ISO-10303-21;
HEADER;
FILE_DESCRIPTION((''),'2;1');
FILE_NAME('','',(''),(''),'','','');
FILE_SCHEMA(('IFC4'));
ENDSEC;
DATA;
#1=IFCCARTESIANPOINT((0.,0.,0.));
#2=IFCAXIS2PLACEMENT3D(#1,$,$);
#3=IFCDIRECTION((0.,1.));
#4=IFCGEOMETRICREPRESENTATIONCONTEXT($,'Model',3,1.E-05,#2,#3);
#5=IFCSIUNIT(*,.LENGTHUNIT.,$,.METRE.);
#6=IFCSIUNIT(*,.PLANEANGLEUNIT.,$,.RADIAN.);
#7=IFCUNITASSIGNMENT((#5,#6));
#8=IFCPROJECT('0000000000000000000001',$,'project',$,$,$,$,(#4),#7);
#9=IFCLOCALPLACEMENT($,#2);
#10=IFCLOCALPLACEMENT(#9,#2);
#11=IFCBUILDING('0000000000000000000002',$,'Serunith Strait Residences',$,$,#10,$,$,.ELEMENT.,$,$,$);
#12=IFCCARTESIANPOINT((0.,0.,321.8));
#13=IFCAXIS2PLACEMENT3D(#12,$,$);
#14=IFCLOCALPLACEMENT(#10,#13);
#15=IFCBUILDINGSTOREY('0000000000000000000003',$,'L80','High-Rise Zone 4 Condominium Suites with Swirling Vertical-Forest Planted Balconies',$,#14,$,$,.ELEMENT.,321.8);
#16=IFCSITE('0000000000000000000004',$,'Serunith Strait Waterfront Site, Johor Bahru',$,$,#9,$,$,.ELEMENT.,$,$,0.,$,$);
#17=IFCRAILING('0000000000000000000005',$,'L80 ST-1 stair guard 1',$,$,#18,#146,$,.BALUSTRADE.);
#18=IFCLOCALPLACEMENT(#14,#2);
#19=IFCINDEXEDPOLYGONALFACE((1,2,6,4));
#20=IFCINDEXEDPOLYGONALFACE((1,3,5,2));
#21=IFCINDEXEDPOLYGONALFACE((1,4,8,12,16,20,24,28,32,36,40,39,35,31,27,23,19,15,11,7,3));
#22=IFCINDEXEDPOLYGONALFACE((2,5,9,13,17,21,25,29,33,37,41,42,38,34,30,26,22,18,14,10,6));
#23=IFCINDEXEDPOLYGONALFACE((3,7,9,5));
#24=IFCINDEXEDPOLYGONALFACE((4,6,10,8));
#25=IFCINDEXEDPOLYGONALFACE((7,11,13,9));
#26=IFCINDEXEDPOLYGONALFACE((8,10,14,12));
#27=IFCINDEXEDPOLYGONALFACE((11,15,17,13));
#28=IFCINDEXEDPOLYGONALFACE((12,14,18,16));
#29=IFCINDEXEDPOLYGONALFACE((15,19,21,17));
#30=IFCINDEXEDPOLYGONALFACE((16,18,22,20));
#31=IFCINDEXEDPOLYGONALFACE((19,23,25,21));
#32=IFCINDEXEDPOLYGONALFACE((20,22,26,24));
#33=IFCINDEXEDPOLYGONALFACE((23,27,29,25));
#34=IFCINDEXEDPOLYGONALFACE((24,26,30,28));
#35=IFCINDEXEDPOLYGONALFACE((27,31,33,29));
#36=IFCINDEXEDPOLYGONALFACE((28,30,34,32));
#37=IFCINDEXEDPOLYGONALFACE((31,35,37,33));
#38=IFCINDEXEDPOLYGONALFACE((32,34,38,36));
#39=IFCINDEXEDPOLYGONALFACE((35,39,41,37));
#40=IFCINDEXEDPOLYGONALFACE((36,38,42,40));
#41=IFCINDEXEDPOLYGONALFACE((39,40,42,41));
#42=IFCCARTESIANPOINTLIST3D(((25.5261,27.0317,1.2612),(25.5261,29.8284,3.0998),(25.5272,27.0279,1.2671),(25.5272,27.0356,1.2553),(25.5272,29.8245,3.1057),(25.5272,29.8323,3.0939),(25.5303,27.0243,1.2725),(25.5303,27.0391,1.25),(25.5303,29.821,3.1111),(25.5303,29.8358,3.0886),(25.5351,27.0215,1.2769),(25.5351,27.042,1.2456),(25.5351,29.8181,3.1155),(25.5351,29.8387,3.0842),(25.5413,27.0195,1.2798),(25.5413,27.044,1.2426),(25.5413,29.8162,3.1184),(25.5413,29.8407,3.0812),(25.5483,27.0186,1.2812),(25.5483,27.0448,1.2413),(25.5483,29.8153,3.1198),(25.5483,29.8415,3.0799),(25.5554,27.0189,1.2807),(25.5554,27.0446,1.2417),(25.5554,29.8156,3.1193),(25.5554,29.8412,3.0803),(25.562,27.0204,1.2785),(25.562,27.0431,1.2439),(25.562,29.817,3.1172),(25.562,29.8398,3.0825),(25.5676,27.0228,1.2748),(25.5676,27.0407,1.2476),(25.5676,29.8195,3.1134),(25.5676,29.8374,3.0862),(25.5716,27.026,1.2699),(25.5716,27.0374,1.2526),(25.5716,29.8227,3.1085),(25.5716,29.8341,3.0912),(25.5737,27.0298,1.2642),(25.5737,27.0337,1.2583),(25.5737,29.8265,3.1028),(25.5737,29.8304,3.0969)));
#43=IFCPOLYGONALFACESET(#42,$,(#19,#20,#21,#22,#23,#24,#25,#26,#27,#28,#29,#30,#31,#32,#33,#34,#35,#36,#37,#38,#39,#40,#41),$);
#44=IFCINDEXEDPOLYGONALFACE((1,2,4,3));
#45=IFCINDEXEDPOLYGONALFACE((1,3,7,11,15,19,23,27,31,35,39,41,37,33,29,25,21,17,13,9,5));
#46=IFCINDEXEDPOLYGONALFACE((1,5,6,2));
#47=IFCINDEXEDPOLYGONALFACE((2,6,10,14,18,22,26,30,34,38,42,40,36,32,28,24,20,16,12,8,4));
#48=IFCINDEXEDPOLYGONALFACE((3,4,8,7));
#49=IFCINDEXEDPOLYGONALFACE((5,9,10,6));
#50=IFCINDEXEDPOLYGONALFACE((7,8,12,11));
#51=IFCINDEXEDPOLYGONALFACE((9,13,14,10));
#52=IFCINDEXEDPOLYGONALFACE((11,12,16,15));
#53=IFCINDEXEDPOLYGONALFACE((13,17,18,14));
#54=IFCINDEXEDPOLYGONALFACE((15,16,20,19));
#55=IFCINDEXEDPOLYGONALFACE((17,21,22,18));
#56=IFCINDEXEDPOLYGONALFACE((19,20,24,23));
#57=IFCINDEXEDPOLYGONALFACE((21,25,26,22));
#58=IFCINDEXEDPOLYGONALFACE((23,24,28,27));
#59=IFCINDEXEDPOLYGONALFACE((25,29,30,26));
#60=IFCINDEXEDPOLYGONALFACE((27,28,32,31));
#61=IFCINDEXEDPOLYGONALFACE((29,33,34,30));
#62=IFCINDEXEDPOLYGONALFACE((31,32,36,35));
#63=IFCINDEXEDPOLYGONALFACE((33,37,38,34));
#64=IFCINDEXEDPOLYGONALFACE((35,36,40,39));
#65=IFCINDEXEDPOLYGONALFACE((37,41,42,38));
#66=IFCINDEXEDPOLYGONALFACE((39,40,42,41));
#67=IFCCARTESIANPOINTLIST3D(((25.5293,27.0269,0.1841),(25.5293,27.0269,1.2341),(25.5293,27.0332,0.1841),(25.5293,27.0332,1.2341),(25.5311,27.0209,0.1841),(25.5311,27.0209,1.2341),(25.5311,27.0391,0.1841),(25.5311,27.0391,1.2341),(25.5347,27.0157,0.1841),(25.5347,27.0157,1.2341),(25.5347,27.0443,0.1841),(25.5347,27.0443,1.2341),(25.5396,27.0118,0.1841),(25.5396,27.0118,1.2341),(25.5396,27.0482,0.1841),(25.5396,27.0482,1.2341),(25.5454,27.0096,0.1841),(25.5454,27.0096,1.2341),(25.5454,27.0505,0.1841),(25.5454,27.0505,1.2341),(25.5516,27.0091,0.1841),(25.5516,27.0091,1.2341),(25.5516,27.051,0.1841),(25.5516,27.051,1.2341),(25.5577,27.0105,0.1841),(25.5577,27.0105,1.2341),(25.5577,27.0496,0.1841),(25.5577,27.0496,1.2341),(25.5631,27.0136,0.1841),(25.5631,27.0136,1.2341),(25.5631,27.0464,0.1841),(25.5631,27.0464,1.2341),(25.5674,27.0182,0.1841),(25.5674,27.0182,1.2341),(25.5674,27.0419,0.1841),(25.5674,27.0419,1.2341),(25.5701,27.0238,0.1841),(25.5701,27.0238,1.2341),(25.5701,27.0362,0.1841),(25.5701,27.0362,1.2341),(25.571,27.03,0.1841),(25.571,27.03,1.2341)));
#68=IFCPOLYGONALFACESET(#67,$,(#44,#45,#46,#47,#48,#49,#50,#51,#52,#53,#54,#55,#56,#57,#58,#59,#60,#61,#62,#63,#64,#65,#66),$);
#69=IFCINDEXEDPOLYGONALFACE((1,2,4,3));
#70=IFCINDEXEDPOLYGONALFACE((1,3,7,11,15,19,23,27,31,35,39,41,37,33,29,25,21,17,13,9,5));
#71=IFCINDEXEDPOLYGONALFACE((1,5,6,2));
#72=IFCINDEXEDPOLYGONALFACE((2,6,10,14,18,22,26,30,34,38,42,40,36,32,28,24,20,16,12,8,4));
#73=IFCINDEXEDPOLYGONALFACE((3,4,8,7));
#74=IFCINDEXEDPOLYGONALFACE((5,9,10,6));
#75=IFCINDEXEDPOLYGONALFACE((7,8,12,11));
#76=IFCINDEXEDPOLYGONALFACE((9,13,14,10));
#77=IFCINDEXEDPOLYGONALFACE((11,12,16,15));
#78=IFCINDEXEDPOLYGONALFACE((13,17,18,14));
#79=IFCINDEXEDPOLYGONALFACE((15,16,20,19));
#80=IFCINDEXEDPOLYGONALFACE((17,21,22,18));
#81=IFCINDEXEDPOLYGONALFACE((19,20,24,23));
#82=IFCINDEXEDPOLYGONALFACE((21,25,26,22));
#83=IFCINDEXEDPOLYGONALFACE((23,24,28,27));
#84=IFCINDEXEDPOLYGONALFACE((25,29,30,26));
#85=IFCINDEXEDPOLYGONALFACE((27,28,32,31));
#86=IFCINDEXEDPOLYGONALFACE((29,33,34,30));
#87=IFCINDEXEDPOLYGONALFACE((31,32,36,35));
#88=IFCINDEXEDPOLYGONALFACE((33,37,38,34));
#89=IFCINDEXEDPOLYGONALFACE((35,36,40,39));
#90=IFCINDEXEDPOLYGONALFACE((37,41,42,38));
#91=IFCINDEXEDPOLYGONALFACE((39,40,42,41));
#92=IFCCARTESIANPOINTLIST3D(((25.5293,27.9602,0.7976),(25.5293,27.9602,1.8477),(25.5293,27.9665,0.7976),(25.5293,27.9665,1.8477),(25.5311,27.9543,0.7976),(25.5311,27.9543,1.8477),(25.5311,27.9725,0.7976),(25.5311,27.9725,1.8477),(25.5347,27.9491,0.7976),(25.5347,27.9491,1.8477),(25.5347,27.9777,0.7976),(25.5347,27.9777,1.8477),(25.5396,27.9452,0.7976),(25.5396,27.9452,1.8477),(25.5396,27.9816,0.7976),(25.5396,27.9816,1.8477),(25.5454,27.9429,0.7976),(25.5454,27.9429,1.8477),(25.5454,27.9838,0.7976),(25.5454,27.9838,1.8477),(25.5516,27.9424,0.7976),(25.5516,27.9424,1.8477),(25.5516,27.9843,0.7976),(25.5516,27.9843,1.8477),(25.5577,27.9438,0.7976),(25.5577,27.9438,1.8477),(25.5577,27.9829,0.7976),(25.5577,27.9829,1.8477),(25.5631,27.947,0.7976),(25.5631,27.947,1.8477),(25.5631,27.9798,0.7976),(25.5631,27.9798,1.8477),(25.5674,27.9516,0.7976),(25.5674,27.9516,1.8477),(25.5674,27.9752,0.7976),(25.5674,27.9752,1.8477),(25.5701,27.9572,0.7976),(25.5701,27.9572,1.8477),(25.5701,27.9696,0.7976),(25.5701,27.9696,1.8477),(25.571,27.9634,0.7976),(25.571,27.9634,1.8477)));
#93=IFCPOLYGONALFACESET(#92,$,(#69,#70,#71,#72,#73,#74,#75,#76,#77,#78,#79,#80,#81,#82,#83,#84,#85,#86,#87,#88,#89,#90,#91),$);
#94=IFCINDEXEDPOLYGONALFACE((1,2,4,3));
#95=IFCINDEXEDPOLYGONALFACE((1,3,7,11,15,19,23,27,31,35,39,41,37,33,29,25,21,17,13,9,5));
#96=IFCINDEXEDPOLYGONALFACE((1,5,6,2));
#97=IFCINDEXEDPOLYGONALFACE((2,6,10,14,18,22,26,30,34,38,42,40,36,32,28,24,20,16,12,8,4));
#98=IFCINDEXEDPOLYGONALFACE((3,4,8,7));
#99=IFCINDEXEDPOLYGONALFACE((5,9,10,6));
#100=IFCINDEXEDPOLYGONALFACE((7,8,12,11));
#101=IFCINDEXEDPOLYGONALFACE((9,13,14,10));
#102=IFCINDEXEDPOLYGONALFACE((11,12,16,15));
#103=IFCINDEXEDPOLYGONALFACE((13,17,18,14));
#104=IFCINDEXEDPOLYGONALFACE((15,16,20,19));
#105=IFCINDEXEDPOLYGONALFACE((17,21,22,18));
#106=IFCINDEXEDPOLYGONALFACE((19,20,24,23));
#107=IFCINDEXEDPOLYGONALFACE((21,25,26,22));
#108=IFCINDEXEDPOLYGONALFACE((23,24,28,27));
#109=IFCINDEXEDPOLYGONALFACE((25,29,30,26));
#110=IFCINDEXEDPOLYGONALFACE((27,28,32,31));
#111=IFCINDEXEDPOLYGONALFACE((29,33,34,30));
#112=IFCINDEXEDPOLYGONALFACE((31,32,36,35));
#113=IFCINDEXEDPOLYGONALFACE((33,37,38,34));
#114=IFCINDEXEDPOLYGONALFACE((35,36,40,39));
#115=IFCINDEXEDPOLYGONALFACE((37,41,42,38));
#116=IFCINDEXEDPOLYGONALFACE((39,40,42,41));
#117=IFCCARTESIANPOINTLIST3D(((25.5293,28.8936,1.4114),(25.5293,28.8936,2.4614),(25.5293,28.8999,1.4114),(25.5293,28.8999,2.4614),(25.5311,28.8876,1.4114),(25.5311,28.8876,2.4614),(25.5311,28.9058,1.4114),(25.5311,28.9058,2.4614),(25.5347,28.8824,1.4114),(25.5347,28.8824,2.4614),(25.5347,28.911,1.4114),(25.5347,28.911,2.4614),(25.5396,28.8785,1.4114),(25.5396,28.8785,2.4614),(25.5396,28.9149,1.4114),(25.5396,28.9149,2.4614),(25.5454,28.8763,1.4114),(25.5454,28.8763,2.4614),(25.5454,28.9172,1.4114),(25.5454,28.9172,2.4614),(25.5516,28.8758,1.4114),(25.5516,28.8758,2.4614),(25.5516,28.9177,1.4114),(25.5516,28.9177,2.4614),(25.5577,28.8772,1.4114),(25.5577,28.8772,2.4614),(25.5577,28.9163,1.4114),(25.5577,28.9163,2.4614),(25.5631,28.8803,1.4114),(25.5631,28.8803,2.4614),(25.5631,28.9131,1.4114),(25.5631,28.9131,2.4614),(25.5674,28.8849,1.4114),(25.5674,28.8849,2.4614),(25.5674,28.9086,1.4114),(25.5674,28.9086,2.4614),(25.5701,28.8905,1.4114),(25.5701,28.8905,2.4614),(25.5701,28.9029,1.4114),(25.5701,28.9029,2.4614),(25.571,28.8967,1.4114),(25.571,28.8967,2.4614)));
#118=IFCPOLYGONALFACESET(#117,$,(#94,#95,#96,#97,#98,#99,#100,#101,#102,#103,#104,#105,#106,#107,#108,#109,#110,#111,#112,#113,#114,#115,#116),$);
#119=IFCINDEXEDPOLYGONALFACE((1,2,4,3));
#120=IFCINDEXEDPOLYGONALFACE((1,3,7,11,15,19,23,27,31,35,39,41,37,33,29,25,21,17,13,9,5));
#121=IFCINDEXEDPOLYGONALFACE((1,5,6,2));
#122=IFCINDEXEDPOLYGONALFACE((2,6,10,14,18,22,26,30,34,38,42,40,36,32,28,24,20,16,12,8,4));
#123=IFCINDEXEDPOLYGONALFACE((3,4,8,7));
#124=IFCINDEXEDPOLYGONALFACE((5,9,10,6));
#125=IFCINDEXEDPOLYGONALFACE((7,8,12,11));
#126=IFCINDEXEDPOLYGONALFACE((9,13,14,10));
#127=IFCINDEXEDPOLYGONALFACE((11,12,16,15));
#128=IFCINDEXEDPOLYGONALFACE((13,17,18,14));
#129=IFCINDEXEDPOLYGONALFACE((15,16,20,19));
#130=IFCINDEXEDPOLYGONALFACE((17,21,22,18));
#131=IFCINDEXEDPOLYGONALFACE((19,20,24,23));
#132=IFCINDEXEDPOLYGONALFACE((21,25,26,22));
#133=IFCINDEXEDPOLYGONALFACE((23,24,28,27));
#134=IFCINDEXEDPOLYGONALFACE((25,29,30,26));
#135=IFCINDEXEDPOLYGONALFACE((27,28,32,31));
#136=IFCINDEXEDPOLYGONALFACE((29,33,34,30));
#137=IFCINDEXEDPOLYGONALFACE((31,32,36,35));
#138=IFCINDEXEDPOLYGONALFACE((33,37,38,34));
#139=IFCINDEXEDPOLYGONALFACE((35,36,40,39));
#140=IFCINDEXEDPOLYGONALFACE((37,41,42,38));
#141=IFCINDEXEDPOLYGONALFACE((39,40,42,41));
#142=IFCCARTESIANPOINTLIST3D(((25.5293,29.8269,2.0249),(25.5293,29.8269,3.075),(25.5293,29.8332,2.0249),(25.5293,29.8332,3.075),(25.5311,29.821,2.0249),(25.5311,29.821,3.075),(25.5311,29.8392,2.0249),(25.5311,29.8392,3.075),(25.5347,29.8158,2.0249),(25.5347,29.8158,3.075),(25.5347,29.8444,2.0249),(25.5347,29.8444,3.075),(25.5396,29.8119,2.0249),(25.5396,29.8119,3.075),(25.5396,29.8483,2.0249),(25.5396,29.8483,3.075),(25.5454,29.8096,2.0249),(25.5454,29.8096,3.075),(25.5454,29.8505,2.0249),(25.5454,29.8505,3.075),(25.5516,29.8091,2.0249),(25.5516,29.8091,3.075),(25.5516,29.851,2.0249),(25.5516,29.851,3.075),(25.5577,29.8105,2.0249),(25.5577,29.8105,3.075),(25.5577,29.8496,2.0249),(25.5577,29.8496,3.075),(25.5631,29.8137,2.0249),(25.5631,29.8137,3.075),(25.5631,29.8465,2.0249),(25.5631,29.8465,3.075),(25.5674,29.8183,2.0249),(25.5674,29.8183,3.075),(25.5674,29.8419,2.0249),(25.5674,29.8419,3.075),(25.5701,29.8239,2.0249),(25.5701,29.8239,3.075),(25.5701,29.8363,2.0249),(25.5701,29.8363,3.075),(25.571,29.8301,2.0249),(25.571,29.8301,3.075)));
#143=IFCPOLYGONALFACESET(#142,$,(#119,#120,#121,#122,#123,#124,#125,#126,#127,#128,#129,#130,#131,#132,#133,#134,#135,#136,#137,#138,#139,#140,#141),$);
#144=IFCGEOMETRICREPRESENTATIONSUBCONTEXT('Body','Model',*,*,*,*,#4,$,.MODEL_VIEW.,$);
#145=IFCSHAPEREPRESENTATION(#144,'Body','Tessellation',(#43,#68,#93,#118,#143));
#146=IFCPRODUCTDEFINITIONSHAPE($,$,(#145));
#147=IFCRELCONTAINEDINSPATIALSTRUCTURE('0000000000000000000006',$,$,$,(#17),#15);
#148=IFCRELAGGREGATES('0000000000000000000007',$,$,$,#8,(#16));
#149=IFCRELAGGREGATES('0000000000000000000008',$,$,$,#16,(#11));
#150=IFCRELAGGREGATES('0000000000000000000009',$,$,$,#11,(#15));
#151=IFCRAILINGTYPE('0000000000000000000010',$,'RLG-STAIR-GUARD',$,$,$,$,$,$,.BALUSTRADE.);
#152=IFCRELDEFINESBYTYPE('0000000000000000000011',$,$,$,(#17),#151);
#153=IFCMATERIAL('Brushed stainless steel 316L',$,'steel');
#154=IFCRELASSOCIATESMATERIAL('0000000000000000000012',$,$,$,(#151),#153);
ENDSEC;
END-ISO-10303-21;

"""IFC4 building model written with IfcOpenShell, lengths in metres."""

from ifc_helpers import new_model, si_unit, direction, frame, origin, origin_2d, place, context, subcontext, project, spatial, circle, extrude, material, type_object, element, save


model = new_model("IFC4")

# Units and contexts
model_context = context("Model", 3, precision=1e-05, world=origin(), true_north=direction((0.0, 1.0)))
body_context = subcontext(model_context, "Body", "Model", "MODEL_VIEW")
ifc_project = project(units=[si_unit("LENGTHUNIT", "METRE"), si_unit("PLANEANGLEUNIT", "RADIAN")], contexts=[model_context])

# Site, building, storey
site_placement = place(None, origin())
site = spatial("IfcSite", under=ifc_project, at=site_placement, Name="Serunith Strait Waterfront Site, Johor Bahru", CompositionType="ELEMENT", RefElevation=0.0)
building_placement = place(site_placement, origin())
building = spatial("IfcBuilding", under=site, at=building_placement, Name="Serunith Strait Residences", CompositionType="ELEMENT")
storey_placement = place(building_placement, frame((0.0, 0.0, 321.8)))
storey = spatial("IfcBuildingStorey", under=building, at=storey_placement, Name="L80", Description="High-Rise Zone 4 Condominium Suites with Swirling Vertical-Forest Planted Balconies", CompositionType="ELEMENT", Elevation=321.8)

# Railing
ifc_material_1 = material(Name="Brushed stainless steel 316L", Category="steel")
railing_type_1 = type_object("IfcRailingType", Name="RLG-STAIR-GUARD", PredefinedType="BALUSTRADE", material=ifc_material_1)
railing_1_placement = place(storey_placement, frame((25.55, 27.03, 0.1841)))
element("IfcRailing", 1, at=railing_1_placement, inside=storey, type_object=railing_type_1, Name="L80 ST-1 stair guard 1", PredefinedType="BALUSTRADE", context=body_context, shape_type="SweptSolid", body=[
    extrude(circle(Radius=0.0239, at=origin_2d()), frame((0.0, 0.0017, 1.0771), z_axis=(0.0, 0.835598, 0.549342), x_axis=(-1.0, 0.0, 0.0)), (0.0, 0.0, 1.0), 3.3469),
    extrude(circle(Radius=0.021, at=origin_2d()), origin(), (0.0, 0.0, 1.0), 1.05),
    extrude(circle(Radius=0.021, at=origin_2d()), frame((0.0, 0.9333, 0.6135)), (0.0, 0.0, 1.0), 1.05),
    extrude(circle(Radius=0.021, at=origin_2d()), frame((0.0, 1.8667, 1.2273)), (0.0, 0.0, 1.0), 1.05),
    extrude(circle(Radius=0.021, at=origin_2d()), frame((0.0, 2.8, 1.8408)), (0.0, 0.0, 1.0), 1.05),
])

save(model, "model.ifc")
